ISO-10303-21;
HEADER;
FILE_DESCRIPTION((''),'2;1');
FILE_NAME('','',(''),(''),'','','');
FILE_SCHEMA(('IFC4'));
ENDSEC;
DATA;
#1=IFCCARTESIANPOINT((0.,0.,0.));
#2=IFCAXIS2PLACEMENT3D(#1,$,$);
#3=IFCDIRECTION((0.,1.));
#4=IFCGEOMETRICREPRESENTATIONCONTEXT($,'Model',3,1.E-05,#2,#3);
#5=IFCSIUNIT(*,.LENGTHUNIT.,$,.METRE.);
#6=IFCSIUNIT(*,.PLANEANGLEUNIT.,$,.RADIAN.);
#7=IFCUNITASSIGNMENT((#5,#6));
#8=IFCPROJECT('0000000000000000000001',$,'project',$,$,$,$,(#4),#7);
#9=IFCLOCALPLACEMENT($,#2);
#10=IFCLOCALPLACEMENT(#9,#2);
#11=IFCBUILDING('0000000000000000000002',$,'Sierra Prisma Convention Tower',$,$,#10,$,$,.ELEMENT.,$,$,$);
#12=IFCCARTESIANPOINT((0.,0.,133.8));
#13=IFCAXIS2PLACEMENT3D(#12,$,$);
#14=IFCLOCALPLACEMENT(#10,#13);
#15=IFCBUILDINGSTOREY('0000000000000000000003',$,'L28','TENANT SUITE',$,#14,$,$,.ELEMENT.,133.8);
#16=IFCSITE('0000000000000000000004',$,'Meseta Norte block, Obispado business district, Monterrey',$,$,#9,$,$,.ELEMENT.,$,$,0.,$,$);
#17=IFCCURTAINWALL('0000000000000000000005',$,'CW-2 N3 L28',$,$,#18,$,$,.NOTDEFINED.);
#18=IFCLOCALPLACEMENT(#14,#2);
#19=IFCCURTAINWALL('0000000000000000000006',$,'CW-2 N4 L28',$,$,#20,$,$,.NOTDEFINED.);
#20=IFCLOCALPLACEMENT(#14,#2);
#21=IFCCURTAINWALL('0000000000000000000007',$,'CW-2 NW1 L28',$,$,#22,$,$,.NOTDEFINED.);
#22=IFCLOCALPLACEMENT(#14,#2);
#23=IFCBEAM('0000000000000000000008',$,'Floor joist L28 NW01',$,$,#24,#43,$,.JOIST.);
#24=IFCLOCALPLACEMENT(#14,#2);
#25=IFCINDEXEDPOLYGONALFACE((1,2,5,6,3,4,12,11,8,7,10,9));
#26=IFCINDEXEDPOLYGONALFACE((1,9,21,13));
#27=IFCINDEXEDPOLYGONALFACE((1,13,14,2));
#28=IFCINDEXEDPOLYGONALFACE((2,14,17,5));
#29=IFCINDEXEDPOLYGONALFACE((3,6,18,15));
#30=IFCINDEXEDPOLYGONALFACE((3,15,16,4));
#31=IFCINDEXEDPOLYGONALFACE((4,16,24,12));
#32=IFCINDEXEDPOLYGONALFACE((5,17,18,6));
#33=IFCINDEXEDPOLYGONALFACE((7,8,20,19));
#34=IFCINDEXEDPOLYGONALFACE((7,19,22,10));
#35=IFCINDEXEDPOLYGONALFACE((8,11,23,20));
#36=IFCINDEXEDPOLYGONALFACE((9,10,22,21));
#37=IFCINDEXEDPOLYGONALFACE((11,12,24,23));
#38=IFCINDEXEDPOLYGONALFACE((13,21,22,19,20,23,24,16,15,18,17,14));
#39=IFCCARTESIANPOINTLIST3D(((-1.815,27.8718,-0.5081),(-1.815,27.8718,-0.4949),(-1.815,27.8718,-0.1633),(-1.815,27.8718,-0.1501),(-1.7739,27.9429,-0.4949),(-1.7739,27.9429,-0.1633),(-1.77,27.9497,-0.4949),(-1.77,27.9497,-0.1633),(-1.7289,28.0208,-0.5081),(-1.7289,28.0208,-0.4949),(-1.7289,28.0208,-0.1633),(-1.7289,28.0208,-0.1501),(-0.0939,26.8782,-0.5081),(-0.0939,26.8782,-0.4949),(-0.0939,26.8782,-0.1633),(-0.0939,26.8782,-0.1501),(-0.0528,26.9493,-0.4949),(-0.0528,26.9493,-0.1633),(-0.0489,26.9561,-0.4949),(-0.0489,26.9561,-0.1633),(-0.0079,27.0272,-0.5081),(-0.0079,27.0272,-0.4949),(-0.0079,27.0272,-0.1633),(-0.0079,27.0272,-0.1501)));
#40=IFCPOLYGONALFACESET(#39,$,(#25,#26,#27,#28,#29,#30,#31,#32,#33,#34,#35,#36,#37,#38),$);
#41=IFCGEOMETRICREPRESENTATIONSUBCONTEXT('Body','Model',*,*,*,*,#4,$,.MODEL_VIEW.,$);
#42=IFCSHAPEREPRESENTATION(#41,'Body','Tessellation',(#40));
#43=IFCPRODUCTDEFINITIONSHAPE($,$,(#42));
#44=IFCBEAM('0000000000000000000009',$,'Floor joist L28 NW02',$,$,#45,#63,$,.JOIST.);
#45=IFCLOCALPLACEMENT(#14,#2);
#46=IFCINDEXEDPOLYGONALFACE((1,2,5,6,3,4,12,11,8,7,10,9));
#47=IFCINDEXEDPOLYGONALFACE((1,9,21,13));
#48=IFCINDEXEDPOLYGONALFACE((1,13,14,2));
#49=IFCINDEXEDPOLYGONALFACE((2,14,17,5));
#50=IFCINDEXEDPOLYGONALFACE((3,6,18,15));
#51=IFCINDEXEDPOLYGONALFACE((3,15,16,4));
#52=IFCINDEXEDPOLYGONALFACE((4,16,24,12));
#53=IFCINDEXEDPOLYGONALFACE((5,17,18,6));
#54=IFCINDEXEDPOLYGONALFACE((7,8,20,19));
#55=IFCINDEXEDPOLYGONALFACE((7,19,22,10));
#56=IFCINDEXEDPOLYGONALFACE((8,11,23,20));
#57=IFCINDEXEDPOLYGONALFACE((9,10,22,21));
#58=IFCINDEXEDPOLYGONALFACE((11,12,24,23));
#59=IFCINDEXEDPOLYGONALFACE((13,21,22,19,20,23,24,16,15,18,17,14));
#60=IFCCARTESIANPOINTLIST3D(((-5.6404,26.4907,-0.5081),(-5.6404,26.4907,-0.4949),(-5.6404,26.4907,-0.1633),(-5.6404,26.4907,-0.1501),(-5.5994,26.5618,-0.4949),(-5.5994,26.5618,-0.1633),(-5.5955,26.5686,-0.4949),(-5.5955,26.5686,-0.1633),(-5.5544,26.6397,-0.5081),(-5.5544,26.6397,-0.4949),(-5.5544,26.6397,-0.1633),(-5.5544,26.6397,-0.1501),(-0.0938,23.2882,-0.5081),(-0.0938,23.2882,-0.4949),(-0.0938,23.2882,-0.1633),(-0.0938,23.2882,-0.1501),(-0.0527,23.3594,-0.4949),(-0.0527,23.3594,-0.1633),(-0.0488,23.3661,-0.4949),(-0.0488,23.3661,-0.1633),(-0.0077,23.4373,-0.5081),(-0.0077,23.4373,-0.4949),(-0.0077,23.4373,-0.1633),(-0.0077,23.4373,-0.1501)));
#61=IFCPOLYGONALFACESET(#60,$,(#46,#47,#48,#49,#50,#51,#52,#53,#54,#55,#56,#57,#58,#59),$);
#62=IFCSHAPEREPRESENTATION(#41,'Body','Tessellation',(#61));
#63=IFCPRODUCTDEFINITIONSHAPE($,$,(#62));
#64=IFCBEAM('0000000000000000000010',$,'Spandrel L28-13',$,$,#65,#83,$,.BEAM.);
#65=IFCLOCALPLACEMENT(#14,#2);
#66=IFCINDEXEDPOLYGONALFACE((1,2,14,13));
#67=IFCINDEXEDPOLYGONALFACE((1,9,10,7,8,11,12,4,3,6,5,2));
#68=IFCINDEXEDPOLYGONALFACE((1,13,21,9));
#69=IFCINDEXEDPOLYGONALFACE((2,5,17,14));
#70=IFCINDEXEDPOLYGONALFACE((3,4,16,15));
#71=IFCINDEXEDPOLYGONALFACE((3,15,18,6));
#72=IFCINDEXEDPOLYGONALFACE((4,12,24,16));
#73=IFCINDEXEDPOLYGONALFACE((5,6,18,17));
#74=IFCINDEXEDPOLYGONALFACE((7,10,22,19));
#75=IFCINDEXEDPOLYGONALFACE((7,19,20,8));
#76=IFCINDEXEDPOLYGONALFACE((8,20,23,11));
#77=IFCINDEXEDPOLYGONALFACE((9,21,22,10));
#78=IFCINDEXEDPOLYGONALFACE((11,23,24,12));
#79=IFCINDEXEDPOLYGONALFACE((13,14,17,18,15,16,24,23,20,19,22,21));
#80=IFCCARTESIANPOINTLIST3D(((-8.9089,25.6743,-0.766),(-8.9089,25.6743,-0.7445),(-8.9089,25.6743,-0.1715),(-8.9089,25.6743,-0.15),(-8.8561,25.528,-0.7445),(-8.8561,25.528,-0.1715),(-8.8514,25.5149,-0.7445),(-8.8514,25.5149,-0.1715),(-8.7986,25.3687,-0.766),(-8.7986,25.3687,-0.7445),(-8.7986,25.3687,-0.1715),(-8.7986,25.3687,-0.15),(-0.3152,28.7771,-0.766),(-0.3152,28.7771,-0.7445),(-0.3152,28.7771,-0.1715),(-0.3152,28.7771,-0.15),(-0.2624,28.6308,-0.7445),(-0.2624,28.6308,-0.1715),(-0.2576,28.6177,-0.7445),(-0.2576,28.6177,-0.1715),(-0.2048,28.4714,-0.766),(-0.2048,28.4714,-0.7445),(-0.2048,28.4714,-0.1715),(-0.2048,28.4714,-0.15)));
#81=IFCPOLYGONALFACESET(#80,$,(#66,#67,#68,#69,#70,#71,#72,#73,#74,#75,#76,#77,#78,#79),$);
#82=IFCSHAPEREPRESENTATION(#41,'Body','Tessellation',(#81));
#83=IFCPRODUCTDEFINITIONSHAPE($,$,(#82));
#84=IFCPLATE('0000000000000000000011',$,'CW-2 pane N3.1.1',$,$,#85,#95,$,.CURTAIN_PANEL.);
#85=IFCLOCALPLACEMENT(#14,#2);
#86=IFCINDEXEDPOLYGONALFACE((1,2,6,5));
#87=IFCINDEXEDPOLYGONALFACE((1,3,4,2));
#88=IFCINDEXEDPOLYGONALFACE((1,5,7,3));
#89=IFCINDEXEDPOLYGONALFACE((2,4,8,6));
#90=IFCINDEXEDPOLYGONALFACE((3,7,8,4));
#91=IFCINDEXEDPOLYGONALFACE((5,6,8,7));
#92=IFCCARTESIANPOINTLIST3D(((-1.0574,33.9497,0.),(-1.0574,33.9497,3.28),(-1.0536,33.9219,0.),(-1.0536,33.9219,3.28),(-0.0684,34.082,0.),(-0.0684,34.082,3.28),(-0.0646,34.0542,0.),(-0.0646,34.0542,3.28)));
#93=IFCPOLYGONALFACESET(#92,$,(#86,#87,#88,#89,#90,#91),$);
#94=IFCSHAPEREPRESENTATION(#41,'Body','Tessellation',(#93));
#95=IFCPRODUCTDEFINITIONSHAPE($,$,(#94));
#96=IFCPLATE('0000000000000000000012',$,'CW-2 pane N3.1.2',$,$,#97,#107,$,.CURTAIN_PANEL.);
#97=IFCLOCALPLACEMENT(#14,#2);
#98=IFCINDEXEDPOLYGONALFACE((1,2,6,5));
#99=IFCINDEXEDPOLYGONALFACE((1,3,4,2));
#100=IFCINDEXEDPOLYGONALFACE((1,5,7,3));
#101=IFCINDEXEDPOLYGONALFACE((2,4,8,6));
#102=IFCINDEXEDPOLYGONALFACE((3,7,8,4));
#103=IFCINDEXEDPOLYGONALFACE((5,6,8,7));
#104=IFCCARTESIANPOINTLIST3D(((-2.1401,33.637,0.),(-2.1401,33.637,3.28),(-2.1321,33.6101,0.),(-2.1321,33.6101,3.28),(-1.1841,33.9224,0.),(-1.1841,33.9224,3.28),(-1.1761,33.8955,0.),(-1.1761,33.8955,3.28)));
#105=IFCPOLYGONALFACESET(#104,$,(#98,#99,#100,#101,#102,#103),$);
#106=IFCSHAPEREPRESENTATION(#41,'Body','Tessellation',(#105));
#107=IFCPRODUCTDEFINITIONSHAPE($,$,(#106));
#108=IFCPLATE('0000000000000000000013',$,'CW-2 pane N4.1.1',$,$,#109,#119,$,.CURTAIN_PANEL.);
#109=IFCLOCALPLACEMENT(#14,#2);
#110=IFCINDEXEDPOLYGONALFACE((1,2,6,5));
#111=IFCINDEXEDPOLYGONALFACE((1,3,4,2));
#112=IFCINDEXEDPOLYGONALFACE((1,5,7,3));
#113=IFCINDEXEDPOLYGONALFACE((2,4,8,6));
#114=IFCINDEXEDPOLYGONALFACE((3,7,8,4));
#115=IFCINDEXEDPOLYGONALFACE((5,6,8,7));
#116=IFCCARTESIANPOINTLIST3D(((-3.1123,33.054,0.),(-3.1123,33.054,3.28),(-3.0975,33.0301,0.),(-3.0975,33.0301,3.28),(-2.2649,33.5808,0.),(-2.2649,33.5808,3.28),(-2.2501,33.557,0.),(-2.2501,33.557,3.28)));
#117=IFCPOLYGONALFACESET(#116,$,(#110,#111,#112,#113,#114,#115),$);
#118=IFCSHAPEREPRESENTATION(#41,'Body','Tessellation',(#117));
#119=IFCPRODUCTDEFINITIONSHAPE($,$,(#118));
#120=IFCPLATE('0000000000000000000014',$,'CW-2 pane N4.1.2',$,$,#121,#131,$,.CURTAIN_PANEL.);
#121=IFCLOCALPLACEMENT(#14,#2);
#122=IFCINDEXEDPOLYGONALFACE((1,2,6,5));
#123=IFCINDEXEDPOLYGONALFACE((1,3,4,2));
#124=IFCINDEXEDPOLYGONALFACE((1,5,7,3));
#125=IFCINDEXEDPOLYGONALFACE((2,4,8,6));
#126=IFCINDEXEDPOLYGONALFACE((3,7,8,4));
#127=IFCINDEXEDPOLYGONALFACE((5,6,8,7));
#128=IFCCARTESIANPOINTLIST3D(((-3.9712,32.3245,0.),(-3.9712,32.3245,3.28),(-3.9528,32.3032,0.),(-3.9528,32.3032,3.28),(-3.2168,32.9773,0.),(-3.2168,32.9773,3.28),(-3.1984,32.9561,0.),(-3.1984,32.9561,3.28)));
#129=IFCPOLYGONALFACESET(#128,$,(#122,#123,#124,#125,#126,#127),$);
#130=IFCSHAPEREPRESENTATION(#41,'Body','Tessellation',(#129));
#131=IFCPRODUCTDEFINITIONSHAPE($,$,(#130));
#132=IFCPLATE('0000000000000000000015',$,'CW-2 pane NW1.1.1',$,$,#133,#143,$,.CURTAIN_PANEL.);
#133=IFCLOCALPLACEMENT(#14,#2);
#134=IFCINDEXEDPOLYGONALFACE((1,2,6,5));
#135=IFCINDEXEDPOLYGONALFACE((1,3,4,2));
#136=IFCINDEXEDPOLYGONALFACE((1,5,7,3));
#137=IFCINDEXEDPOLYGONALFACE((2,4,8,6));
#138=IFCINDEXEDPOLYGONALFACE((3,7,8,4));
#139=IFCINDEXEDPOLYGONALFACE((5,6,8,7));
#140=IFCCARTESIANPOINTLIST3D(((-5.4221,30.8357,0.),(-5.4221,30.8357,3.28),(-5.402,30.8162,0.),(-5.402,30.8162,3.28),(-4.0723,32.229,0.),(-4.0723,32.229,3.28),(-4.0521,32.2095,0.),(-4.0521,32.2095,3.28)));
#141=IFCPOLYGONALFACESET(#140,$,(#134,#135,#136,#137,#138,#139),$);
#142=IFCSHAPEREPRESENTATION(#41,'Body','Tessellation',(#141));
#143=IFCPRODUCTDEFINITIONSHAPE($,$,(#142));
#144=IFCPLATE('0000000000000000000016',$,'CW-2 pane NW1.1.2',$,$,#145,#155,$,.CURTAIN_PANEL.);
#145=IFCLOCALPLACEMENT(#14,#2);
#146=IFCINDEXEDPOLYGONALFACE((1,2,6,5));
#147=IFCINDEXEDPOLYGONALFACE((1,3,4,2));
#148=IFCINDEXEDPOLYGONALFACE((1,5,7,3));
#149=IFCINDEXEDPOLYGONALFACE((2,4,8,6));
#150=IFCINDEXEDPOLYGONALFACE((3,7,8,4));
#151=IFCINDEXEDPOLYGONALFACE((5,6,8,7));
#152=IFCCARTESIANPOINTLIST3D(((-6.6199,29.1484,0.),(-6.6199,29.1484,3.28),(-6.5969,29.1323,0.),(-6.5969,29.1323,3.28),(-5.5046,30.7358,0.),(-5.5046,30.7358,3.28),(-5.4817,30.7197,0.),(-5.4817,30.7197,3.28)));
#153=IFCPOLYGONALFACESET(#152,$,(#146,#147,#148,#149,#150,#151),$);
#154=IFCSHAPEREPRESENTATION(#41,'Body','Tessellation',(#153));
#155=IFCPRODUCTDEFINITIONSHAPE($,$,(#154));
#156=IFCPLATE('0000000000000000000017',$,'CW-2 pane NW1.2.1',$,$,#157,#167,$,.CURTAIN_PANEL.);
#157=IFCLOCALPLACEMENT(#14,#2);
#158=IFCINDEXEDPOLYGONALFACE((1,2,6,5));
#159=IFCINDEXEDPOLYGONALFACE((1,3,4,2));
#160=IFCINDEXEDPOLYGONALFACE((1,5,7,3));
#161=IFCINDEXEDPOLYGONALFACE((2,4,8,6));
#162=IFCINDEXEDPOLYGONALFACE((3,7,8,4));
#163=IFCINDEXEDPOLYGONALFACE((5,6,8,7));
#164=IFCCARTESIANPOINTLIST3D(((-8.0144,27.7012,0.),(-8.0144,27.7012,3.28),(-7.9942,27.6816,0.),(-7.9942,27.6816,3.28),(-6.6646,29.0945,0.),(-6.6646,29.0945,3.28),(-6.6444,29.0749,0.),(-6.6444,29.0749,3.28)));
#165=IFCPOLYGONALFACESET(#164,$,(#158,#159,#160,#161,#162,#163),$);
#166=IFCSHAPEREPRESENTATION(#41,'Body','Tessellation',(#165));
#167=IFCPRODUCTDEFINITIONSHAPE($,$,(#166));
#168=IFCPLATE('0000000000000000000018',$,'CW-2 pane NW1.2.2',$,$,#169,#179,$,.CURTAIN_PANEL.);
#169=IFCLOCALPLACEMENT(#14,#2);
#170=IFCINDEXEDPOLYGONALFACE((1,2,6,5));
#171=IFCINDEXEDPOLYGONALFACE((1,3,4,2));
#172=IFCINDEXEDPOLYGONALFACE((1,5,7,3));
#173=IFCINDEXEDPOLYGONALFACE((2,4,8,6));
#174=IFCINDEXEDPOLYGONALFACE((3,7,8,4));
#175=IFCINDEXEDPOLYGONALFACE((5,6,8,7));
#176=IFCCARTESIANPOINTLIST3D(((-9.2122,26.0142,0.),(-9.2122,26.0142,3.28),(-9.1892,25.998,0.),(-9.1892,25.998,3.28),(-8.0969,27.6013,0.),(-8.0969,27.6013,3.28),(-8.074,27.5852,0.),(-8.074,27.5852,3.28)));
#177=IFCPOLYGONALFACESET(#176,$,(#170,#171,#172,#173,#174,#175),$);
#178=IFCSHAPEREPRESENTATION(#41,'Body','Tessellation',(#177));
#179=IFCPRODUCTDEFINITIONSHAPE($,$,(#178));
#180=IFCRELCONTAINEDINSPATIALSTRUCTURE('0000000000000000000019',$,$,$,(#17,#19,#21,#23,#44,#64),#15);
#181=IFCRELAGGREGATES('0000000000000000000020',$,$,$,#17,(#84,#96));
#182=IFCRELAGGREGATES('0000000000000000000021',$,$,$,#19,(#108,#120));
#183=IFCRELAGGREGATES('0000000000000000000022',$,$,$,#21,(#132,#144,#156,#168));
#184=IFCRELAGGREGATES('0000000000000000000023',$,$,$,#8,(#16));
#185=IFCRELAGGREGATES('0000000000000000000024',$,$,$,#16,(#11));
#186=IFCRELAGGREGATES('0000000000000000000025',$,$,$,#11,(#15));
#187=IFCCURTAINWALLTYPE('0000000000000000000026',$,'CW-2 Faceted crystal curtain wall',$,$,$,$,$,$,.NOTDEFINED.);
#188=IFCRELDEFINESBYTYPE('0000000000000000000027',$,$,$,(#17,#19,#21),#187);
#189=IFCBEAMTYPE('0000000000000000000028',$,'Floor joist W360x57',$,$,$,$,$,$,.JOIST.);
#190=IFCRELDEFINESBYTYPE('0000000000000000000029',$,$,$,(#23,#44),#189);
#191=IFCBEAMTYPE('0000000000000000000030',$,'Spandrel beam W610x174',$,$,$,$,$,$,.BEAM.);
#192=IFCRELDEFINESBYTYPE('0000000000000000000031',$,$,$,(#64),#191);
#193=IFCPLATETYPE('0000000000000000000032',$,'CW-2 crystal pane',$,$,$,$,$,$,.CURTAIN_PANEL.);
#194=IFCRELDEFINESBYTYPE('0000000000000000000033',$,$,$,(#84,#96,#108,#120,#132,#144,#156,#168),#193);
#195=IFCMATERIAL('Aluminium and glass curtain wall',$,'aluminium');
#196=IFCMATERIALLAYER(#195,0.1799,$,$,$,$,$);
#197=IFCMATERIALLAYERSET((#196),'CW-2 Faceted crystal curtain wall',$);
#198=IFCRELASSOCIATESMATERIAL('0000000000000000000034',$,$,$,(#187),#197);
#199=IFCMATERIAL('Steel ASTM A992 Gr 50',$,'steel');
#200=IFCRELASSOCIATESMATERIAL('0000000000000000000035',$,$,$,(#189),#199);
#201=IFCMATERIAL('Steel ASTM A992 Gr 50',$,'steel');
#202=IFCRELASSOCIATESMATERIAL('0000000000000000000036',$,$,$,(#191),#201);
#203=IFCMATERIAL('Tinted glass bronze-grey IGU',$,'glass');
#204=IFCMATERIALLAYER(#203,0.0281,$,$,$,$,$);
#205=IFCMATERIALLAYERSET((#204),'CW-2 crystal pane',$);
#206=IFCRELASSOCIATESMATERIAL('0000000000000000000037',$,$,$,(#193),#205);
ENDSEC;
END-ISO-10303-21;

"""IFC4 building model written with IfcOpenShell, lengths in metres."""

from ifc_helpers import new_model, si_unit, direction, frame, origin, origin_2d, place, context, subcontext, project, spatial, polyline, i_section, outline, extrude, material, layer, layer_set, material_profile, profile_set, type_object, element, aggregate, save


model = new_model("IFC4")

# Units and contexts
model_context = context("Model", 3, precision=1e-05, world=origin(), true_north=direction((0.0, 1.0)))
body_context = subcontext(model_context, "Body", "Model", "MODEL_VIEW")
ifc_project = project(units=[si_unit("LENGTHUNIT", "METRE"), si_unit("PLANEANGLEUNIT", "RADIAN")], contexts=[model_context])

# Site, building, storey
site_placement = place(None, origin())
site = spatial("IfcSite", under=ifc_project, at=site_placement, Name="Meseta Norte block, Obispado business district, Monterrey", CompositionType="ELEMENT", RefElevation=0.0)
building_placement = place(site_placement, origin())
building = spatial("IfcBuilding", under=site, at=building_placement, Name="Sierra Prisma Convention Tower", CompositionType="ELEMENT")
storey_placement = place(building_placement, frame((0.0, 0.0, 133.8)))
storey = spatial("IfcBuildingStorey", under=building, at=storey_placement, Name="L28", Description="TENANT SUITE", CompositionType="ELEMENT", Elevation=133.8)

# Curtain walls
ifc_material_1 = material(Name="Aluminium and glass curtain wall", Category="aluminium")
ifc_layer_1 = layer(ifc_material_1, 0.1799)
ifc_layer_set_1 = layer_set([ifc_layer_1], Name="CW-2 Faceted crystal curtain wall")
curtain_wall_type = type_object("IfcCurtainWallType", Name="CW-2 Faceted crystal curtain wall", PredefinedType="NOTDEFINED", material=ifc_layer_set_1)
curtain_wall_1_placement = place(storey_placement, origin())
curtain_wall_1 = element("IfcCurtainWall", 1, at=curtain_wall_1_placement, inside=storey, type_object=curtain_wall_type, Name="CW-2 N3 L28", PredefinedType="NOTDEFINED")
curtain_wall_2_placement = place(storey_placement, origin())
curtain_wall_2 = element("IfcCurtainWall", 2, at=curtain_wall_2_placement, inside=storey, type_object=curtain_wall_type, Name="CW-2 N4 L28", PredefinedType="NOTDEFINED")

# Curtain wall
curtain_wall_3_placement = place(storey_placement, origin())
curtain_wall_3 = element("IfcCurtainWall", 3, at=curtain_wall_3_placement, inside=storey, type_object=curtain_wall_type, Name="CW-2 NW1 L28", PredefinedType="NOTDEFINED")

# Beams
ifc_material_2 = material(Name="Steel ASTM A992 Gr 50", Category="steel")
ifc_material_profile_1 = material_profile(ifc_material_2, i_section(OverallWidth=0.1721, OverallDepth=0.3579, WebThickness=0.0078, FlangeThickness=0.0132, at=origin_2d()), Name="W360x57")
ifc_profile_set_1 = profile_set([ifc_material_profile_1], Name="Steel ASTM A992 Gr 50")
beam_type_1 = type_object("IfcBeamType", Name="Floor joist W360x57", PredefinedType="JOIST", material=ifc_profile_set_1)
beam_1_placement = place(storey_placement, frame((-1.772, 27.9463, -0.3291), z_axis=(0.866042, -0.499971, 0.0), x_axis=(0.499971, 0.866042, 0.0)))
element("IfcBeam", 4, at=beam_1_placement, inside=storey, type_object=beam_type_1, Name="Floor joist L28 NW01", PredefinedType="JOIST", context=body_context, shape_type="SweptSolid", body=[
    extrude(i_section(OverallWidth=0.1721, OverallDepth=0.3579, WebThickness=0.0078, FlangeThickness=0.0132, at=origin_2d()), origin(), (0.0, 0.0, 1.0), 1.9873),
])
beam_2_placement = place(storey_placement, frame((-5.5974, 26.5652, -0.3291), z_axis=(0.866022, -0.500005, 0.0), x_axis=(0.500005, 0.866022, 0.0)))
element("IfcBeam", 5, at=beam_2_placement, inside=storey, type_object=beam_type_1, Name="Floor joist L28 NW02", PredefinedType="JOIST", context=body_context, shape_type="SweptSolid", body=[
    extrude(i_section(OverallWidth=0.1721, OverallDepth=0.3579, WebThickness=0.0078, FlangeThickness=0.0132, at=origin_2d()), origin(), (0.0, 0.0, 1.0), 6.4048),
])
ifc_material_3 = material(Name="Steel ASTM A992 Gr 50", Category="steel")
ifc_material_profile_2 = material_profile(ifc_material_3, i_section(OverallWidth=0.325, OverallDepth=0.616, WebThickness=0.0139, FlangeThickness=0.0215, at=origin_2d()), Name="W610x174")
ifc_profile_set_2 = profile_set([ifc_material_profile_2], Name="Steel ASTM A992 Gr 50")
beam_type_2 = type_object("IfcBeamType", Name="Spandrel beam W610x174", PredefinedType="BEAM", material=ifc_profile_set_2)
beam_3_placement = place(storey_placement, frame((-0.26, 28.6243, -0.458), z_axis=(-0.940572, -0.339595, 0.0), x_axis=(0.339595, -0.940572, 0.0)))
element("IfcBeam", 6, at=beam_3_placement, inside=storey, type_object=beam_type_2, Name="Spandrel L28-13", PredefinedType="BEAM", context=body_context, shape_type="SweptSolid", body=[
    extrude(i_section(OverallWidth=0.325, OverallDepth=0.616, WebThickness=0.0139, FlangeThickness=0.0215, at=origin_2d()), origin(), (0.0, 0.0, 1.0), 9.1367),
])

# Plates
ifc_material_4 = material(Name="Tinted glass bronze-grey IGU", Category="glass")
ifc_layer_2 = layer(ifc_material_4, 0.0281)
ifc_layer_set_2 = layer_set([ifc_layer_2], Name="CW-2 crystal pane")
plate_type = type_object("IfcPlateType", Name="CW-2 crystal pane", PredefinedType="CURTAIN_PANEL", material=ifc_layer_set_2)
plate_1_placement = place(storey_placement, frame((-0.0684, 34.082, 0.0), z_axis=(-0.132612, 0.991168, 0.0), x_axis=(-0.991168, -0.132612, 0.0)))
plate_1 = element("IfcPlate", 7, at=plate_1_placement, type_object=plate_type, Name="CW-2 pane N3.1.1", PredefinedType="CURTAIN_PANEL", context=body_context, shape_type="SweptSolid", body=[
    extrude(outline(polyline([(0.0, 0.0), (0.9978, 0.0), (0.9978, 3.28), (0.0, 3.28), (0.0, 0.0)])), origin(), (0.0, 0.0, -1.0), 0.0281),
])
plate_2_placement = place(storey_placement, frame((-2.1401, 33.637, 0.0), z_axis=(-0.286046, 0.958216, 0.0), x_axis=(0.958216, 0.286046, 0.0)))
plate_2 = element("IfcPlate", 8, at=plate_2_placement, type_object=plate_type, Name="CW-2 pane N3.1.2", PredefinedType="CURTAIN_PANEL", context=body_context, shape_type="SweptSolid", body=[
    extrude(outline(polyline([(0.0, 0.0), (0.9977, 0.0), (0.9977, -3.28), (0.0, -3.28), (0.0, 0.0)])), origin(), (0.0, 0.0, -1.0), 0.0281),
])
aggregate(curtain_wall_1, [plate_1, plate_2])
plate_3_placement = place(storey_placement, frame((-2.2649, 33.5808, 0.0), z_axis=(-0.527996, 0.849247, 0.0), x_axis=(-0.849247, -0.527996, 0.0)))
plate_3 = element("IfcPlate", 9, at=plate_3_placement, type_object=plate_type, Name="CW-2 pane N4.1.1", PredefinedType="CURTAIN_PANEL", context=body_context, shape_type="SweptSolid", body=[
    extrude(outline(polyline([(0.0, 0.0), (0.9978, 0.0), (0.9978, 3.28), (0.0, 3.28), (0.0, 0.0)])), origin(), (0.0, 0.0, -1.0), 0.0281),
])
plate_4_placement = place(storey_placement, frame((-3.9712, 32.3245, 0.0), z_axis=(-0.654371, 0.756173, 0.0), x_axis=(0.756173, 0.654371, 0.0)))
plate_4 = element("IfcPlate", 10, at=plate_4_placement, type_object=plate_type, Name="CW-2 pane N4.1.2", PredefinedType="CURTAIN_PANEL", context=body_context, shape_type="SweptSolid", body=[
    extrude(outline(polyline([(0.0, 0.0), (0.9976, 0.0), (0.9976, -3.28), (0.0, -3.28), (0.0, 0.0)])), origin(), (0.0, 0.0, -1.0), 0.0281),
])
aggregate(curtain_wall_2, [plate_3, plate_4])
plate_5_placement = place(storey_placement, frame((-4.0723, 32.229, 0.0), z_axis=(-0.718219, 0.695818, 0.0), x_axis=(-0.695818, -0.718219, 0.0)))
plate_5 = element("IfcPlate", 11, at=plate_5_placement, type_object=plate_type, Name="CW-2 pane NW1.1.1", PredefinedType="CURTAIN_PANEL", context=body_context, shape_type="SweptSolid", body=[
    extrude(outline(polyline([(0.0, 0.0), (1.94, 0.0), (1.94, 3.28), (0.0, 3.28), (0.0, 0.0)])), origin(), (0.0, 0.0, -1.0), 0.0281),
])
plate_6_placement = place(storey_placement, frame((-6.6199, 29.1484, 0.0), z_axis=(-0.818249, 0.574864, 0.0), x_axis=(0.574864, 0.818249, 0.0)))
plate_6 = element("IfcPlate", 12, at=plate_6_placement, type_object=plate_type, Name="CW-2 pane NW1.1.2", PredefinedType="CURTAIN_PANEL", context=body_context, shape_type="SweptSolid", body=[
    extrude(outline(polyline([(0.0, 0.0), (1.94, 0.0), (1.94, -3.28), (0.0, -3.28), (0.0, 0.0)])), origin(), (0.0, 0.0, -1.0), 0.0281),
])
plate_7_placement = place(storey_placement, frame((-6.6646, 29.0945, 0.0), z_axis=(-0.718219, 0.695818, 0.0), x_axis=(-0.695818, -0.718219, 0.0)))
plate_7 = element("IfcPlate", 13, at=plate_7_placement, type_object=plate_type, Name="CW-2 pane NW1.2.1", PredefinedType="CURTAIN_PANEL", context=body_context, shape_type="SweptSolid", body=[
    extrude(outline(polyline([(0.0, 0.0), (1.94, 0.0), (1.94, 3.28), (0.0, 3.28), (0.0, 0.0)])), origin(), (0.0, 0.0, -1.0), 0.0281),
])
plate_8_placement = place(storey_placement, frame((-9.2122, 26.0142, 0.0), z_axis=(-0.818208, 0.574923, 0.0), x_axis=(0.574923, 0.818208, 0.0)))
plate_8 = element("IfcPlate", 14, at=plate_8_placement, type_object=plate_type, Name="CW-2 pane NW1.2.2", PredefinedType="CURTAIN_PANEL", context=body_context, shape_type="SweptSolid", body=[
    extrude(outline(polyline([(0.0, 0.0), (1.9398, 0.0), (1.9398, -3.28), (0.0, -3.28), (0.0, 0.0)])), origin(), (0.0, 0.0, -1.0), 0.0281),
])
aggregate(curtain_wall_3, [plate_5, plate_6, plate_7, plate_8])

save(model, "model.ifc")
